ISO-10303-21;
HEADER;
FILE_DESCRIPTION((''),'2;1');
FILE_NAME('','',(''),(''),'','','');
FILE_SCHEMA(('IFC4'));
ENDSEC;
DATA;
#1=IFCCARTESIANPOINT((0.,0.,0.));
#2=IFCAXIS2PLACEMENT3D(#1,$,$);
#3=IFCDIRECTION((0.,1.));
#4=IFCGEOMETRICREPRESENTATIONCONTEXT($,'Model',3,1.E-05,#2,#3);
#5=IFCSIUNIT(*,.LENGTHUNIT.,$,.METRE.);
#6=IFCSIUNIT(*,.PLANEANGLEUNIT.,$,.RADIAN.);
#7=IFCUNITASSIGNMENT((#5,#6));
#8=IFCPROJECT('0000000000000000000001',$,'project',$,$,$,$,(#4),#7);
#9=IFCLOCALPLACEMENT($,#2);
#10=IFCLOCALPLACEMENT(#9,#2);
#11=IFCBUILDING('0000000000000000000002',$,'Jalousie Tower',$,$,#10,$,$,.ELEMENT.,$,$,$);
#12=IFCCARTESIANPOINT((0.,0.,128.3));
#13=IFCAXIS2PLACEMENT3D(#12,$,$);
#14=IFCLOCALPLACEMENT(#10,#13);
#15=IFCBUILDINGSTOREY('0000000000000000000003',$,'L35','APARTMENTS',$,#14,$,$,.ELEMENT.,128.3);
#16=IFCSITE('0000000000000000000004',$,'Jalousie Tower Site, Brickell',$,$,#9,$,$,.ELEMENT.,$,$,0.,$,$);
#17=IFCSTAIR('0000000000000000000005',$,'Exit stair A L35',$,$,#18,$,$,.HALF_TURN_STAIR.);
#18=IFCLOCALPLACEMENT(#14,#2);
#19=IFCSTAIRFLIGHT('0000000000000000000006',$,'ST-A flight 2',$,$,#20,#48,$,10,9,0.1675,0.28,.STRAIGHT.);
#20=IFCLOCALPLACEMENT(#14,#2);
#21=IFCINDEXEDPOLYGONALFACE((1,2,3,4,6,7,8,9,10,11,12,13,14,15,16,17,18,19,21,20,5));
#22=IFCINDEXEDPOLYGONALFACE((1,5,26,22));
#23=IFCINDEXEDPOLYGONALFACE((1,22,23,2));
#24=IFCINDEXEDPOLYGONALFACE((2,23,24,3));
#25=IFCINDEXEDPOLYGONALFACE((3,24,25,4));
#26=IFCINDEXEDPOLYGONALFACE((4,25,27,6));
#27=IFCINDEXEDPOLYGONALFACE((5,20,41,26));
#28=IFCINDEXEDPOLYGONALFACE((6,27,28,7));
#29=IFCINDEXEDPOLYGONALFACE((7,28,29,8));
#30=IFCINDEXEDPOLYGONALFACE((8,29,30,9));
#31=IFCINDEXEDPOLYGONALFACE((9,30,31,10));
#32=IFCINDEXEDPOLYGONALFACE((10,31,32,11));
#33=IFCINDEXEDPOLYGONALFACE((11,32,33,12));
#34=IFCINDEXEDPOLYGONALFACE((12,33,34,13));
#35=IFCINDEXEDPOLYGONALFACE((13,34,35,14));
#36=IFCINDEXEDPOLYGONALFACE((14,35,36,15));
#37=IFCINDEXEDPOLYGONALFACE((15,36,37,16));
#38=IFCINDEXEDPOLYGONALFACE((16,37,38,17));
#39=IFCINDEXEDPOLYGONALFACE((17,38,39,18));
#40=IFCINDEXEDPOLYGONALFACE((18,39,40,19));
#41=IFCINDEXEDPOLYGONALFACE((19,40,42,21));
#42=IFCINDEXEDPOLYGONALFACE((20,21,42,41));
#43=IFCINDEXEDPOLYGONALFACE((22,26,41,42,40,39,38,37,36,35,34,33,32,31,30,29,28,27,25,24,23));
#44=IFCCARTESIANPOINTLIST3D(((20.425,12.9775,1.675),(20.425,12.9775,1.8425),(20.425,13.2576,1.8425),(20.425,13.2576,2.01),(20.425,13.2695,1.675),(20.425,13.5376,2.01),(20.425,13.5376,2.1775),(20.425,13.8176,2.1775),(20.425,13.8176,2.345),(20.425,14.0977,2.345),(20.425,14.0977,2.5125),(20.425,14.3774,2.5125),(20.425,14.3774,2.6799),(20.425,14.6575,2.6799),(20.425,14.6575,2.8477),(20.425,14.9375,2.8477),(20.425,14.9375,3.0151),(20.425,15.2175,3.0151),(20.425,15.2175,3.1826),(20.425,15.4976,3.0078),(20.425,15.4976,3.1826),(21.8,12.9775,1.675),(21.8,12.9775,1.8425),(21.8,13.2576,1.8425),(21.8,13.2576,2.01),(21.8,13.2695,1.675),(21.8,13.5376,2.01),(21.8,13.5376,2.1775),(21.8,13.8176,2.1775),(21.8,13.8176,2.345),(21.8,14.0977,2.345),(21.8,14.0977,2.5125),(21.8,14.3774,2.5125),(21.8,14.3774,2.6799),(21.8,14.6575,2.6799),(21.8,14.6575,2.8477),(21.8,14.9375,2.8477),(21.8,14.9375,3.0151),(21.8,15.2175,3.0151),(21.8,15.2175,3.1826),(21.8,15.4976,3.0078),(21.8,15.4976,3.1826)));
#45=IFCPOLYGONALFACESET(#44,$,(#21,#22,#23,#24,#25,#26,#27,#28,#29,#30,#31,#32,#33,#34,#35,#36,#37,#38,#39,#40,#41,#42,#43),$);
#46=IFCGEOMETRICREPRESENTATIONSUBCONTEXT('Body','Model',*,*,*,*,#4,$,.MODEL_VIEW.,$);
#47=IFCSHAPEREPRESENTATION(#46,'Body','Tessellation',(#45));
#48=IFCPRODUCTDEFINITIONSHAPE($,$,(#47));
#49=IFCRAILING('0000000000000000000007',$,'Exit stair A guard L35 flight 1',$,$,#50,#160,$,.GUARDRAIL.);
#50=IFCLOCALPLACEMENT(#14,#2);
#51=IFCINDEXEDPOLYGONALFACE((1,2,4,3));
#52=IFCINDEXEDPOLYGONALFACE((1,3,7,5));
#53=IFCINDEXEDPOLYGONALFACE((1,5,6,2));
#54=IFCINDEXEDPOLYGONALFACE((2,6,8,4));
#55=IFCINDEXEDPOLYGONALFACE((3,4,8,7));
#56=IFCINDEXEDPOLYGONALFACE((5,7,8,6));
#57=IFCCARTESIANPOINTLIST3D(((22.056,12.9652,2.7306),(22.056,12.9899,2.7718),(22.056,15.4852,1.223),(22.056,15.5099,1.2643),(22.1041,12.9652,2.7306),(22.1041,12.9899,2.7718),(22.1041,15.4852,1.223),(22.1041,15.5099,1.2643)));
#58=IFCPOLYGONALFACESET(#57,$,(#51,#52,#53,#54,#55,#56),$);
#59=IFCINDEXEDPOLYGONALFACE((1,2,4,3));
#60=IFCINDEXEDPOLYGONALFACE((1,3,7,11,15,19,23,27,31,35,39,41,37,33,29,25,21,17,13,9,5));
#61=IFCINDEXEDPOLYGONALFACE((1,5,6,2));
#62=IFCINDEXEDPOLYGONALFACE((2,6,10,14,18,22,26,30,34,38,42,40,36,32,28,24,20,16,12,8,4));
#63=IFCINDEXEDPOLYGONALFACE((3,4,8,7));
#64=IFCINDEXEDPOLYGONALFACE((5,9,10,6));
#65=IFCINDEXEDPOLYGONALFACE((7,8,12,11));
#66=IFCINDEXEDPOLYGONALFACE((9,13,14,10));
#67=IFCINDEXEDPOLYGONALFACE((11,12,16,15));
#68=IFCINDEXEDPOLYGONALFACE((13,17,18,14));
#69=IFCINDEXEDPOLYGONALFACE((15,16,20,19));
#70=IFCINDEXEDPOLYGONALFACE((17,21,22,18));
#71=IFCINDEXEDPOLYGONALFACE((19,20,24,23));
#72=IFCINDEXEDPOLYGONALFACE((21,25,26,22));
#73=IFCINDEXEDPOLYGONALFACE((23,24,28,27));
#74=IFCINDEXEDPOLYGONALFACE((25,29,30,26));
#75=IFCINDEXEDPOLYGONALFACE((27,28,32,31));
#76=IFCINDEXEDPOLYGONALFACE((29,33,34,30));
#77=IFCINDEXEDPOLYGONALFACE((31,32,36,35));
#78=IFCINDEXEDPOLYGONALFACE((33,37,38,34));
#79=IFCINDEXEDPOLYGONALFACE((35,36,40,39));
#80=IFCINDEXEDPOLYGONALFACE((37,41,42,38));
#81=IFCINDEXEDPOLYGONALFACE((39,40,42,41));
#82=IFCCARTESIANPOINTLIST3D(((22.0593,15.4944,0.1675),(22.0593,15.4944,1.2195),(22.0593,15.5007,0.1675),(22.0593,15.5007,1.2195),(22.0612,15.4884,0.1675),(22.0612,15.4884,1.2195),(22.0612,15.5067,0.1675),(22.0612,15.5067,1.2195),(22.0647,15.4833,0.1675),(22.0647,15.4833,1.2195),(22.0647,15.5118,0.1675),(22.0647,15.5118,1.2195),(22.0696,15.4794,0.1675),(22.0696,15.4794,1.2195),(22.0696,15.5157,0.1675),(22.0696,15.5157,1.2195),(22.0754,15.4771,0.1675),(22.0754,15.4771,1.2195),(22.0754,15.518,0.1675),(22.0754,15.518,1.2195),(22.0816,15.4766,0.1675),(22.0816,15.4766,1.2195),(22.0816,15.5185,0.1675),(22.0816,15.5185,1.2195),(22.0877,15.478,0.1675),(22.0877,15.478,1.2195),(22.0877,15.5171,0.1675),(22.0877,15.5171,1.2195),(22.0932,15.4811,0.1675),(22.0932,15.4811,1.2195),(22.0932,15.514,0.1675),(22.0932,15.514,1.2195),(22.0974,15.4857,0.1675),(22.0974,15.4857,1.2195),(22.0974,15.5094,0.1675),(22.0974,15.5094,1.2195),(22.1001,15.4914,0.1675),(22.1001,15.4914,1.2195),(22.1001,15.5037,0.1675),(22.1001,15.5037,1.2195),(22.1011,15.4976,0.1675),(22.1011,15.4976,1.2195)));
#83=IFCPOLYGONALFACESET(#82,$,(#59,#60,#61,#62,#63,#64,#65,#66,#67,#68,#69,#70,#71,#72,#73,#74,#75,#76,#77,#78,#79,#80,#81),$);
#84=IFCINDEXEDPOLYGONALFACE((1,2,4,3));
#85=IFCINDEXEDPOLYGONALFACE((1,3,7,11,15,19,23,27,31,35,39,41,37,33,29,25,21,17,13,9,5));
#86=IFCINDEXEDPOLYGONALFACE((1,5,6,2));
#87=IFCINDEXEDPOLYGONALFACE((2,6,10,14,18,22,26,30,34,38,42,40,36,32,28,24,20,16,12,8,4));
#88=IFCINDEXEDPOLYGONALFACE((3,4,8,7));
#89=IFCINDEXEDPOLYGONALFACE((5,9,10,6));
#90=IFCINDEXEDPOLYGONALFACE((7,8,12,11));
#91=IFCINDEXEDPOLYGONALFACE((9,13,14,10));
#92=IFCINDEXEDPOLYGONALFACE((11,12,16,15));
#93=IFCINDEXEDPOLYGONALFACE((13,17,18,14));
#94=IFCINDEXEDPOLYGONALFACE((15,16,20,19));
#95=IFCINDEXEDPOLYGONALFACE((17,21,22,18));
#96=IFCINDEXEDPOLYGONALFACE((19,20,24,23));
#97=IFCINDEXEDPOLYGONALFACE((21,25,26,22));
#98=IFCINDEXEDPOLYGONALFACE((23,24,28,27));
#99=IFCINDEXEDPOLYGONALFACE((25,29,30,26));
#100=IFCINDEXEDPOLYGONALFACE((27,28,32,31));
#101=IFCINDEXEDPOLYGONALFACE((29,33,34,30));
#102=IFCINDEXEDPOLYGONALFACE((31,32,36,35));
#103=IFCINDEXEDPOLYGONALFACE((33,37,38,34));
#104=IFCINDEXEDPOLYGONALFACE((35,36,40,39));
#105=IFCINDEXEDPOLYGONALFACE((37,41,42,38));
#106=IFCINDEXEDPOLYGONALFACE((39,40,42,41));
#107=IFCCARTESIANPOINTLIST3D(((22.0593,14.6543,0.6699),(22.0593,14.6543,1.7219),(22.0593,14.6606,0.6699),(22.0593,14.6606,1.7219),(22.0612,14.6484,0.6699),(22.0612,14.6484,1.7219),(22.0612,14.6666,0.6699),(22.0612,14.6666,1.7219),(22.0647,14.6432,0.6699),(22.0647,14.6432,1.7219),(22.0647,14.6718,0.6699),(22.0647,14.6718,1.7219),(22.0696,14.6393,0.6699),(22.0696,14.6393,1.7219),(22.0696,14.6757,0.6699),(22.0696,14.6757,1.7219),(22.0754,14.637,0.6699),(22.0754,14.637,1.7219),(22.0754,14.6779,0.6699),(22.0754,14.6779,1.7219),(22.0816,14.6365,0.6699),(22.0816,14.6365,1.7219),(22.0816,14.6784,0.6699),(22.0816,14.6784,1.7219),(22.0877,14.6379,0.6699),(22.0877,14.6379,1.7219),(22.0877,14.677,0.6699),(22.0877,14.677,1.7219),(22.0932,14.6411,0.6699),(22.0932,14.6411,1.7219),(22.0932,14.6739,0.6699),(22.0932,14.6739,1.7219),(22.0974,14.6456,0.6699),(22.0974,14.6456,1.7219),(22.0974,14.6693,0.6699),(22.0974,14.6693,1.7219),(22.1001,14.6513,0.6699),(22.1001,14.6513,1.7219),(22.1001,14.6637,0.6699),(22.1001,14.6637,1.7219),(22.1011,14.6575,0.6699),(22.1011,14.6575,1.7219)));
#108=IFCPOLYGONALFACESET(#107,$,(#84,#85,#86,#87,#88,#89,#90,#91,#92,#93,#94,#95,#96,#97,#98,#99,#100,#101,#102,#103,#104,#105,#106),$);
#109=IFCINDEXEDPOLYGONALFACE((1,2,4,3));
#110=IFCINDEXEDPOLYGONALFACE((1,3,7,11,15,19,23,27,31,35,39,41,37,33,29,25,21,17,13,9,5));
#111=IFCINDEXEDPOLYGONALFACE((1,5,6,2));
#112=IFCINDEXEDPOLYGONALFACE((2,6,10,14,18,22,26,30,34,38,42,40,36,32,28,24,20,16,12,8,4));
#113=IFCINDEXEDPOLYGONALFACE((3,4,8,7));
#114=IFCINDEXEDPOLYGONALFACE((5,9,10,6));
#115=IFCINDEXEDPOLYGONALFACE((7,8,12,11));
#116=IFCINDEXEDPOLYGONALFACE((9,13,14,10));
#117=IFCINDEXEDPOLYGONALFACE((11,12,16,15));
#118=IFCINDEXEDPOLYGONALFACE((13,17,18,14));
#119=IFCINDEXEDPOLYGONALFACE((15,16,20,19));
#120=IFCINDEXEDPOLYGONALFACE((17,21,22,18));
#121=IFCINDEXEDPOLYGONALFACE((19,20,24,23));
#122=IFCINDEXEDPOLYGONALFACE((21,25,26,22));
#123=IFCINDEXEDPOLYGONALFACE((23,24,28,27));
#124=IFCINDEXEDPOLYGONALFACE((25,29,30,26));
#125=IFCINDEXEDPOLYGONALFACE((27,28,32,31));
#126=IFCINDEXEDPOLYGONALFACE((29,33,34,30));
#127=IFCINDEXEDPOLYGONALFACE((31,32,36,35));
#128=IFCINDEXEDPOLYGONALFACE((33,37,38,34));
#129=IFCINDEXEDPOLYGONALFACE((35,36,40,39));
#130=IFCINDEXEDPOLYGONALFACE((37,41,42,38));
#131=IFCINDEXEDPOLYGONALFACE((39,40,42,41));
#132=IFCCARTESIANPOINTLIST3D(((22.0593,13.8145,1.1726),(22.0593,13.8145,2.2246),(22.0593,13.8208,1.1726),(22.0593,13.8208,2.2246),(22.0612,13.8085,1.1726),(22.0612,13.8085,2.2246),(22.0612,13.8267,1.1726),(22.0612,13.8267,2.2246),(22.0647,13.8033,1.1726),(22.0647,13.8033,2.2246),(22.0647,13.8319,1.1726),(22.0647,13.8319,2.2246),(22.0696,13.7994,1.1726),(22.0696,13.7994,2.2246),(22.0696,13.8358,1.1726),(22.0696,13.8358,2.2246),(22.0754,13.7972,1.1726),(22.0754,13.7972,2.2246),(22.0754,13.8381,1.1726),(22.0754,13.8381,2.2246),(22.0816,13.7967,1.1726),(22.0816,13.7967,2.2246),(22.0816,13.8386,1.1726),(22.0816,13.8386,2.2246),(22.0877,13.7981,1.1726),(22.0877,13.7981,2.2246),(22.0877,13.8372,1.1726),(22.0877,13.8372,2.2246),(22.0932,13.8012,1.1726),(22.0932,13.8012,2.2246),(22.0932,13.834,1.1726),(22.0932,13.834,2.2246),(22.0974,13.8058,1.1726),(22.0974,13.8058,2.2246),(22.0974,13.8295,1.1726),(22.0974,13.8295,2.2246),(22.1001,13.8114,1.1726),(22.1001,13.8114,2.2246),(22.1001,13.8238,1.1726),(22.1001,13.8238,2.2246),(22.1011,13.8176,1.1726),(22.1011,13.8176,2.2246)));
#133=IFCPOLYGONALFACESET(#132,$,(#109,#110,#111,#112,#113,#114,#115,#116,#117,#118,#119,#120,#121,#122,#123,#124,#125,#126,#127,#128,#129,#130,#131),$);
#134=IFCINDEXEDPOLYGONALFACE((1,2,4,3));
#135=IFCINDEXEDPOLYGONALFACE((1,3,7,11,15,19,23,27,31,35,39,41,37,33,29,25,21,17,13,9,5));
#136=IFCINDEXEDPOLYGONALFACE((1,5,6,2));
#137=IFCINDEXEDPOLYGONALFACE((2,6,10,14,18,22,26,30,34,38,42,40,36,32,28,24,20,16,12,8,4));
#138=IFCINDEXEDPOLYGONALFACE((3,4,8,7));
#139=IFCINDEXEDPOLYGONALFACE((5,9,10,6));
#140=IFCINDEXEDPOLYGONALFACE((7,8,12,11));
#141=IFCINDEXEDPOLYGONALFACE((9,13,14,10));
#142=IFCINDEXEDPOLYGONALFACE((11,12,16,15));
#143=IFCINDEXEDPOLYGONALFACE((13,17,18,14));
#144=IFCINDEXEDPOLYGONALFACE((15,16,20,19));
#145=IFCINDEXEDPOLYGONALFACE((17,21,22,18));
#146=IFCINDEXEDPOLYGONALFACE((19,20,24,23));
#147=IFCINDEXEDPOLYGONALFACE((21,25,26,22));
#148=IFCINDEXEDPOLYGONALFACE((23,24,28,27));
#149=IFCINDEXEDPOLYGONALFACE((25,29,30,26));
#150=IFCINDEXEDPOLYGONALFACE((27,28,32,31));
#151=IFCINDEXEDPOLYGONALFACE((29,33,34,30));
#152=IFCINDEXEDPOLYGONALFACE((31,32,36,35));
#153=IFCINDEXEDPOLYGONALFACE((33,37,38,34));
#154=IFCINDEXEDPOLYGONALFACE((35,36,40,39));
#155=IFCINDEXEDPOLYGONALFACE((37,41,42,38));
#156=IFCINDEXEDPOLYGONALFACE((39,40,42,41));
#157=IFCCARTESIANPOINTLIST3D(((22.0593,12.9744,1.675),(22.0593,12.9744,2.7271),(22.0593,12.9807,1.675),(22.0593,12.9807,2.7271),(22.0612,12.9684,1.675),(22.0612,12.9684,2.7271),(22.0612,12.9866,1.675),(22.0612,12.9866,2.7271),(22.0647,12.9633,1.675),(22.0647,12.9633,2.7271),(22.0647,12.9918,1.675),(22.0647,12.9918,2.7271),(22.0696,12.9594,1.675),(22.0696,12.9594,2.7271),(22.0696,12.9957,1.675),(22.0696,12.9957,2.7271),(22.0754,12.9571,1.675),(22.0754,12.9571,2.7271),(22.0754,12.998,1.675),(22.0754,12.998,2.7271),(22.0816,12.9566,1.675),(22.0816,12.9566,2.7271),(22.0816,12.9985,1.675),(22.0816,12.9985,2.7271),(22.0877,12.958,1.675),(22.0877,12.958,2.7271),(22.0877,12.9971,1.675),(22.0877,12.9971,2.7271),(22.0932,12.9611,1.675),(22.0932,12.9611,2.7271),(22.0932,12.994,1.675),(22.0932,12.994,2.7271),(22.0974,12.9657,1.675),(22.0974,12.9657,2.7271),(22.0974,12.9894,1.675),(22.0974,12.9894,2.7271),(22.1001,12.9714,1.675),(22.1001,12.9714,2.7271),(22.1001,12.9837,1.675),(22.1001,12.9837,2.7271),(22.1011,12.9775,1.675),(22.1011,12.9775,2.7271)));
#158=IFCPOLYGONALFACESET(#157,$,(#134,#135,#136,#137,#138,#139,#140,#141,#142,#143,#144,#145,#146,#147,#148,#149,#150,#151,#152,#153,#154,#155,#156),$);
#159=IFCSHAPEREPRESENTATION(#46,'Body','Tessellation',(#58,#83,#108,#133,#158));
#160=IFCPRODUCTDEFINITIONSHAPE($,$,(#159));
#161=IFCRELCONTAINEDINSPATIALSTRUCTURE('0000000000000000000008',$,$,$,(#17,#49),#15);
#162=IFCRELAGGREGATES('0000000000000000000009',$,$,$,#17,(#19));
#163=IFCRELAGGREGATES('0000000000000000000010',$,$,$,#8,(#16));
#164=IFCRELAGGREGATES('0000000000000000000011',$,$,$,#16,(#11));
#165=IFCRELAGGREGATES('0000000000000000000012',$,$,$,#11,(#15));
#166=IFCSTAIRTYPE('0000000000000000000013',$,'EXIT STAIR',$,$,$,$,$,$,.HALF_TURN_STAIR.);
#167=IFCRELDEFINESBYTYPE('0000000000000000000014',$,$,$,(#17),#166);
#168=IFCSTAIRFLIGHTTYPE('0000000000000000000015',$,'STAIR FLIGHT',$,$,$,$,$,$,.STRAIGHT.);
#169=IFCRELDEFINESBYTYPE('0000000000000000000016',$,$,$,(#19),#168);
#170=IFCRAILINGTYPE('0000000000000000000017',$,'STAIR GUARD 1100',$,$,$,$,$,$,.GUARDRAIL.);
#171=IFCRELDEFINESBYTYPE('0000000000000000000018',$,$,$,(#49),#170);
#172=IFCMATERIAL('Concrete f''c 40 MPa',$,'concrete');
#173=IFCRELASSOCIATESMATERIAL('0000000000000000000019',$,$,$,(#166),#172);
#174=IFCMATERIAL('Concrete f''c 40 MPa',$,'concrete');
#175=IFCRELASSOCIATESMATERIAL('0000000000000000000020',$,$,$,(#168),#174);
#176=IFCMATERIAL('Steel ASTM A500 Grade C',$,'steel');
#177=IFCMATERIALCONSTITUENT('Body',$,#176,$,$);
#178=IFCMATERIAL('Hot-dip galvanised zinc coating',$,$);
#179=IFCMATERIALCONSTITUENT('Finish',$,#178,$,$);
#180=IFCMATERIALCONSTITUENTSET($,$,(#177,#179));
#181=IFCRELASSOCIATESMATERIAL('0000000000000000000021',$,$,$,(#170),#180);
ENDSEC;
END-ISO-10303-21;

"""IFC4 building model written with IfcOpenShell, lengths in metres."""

from ifc_helpers import new_model, si_unit, direction, frame, origin, origin_2d, place, context, subcontext, project, spatial, polyline, rectangle, circle, outline, extrude, material, constituent, constituent_set, type_object, element, aggregate, save


model = new_model("IFC4")

# Units and contexts
model_context = context("Model", 3, precision=1e-05, world=origin(), true_north=direction((0.0, 1.0)))
body_context = subcontext(model_context, "Body", "Model", "MODEL_VIEW")
ifc_project = project(units=[si_unit("LENGTHUNIT", "METRE"), si_unit("PLANEANGLEUNIT", "RADIAN")], contexts=[model_context])

# Site, building, storey
site_placement = place(None, origin())
site = spatial("IfcSite", under=ifc_project, at=site_placement, Name="Jalousie Tower Site, Brickell", CompositionType="ELEMENT", RefElevation=0.0)
building_placement = place(site_placement, origin())
building = spatial("IfcBuilding", under=site, at=building_placement, Name="Jalousie Tower", CompositionType="ELEMENT")
storey_placement = place(building_placement, frame((0.0, 0.0, 128.3)))
storey = spatial("IfcBuildingStorey", under=building, at=storey_placement, Name="L35", Description="APARTMENTS", CompositionType="ELEMENT", Elevation=128.3)

# Stair, stair flight
ifc_material_1 = material(Name="Concrete f'c 40 MPa", Category="concrete")
stair_type = type_object("IfcStairType", Name="EXIT STAIR", PredefinedType="HALF_TURN_STAIR", material=ifc_material_1)
stair_placement = place(storey_placement, origin())
stair = element("IfcStair", 1, at=stair_placement, inside=storey, type_object=stair_type, Name="Exit stair A L35", PredefinedType="HALF_TURN_STAIR")
ifc_material_2 = material(Name="Concrete f'c 40 MPa", Category="concrete")
stair_flight_type = type_object("IfcStairFlightType", Name="STAIR FLIGHT", PredefinedType="STRAIGHT", material=ifc_material_2)
stair_flight_1_placement = place(storey_placement, frame((21.1125, 12.9775, 1.675), z_axis=(0.0, 0.0, 1.0), x_axis=(0.0, 1.0, 0.0)))
stair_flight_1 = element("IfcStairFlight", 2, at=stair_flight_1_placement, type_object=stair_flight_type, Name="ST-A flight 2", NumberOfRisers=10, NumberOfTreads=9, PredefinedType="STRAIGHT", RiserHeight=0.1675, TreadLength=0.28, context=body_context, shape_type="SweptSolid", body=[
    extrude(outline(polyline([(0.0, 0.0), (0.0, 0.1675), (0.28, 0.1675), (0.28, 0.335), (0.5601, 0.335), (0.5601, 0.5024), (0.8401, 0.5024), (0.8401, 0.6699), (1.1201, 0.6699), (1.1201, 0.8374), (1.3999, 0.8374), (1.3999, 1.0049), (1.6799, 1.0049), (1.6799, 1.1726), (1.96, 1.1726), (1.96, 1.3401), (2.24, 1.3401), (2.24, 1.5076), (2.52, 1.5076), (2.52, 1.675), (2.52, 1.3328), (0.292, 0.0), (0.0, 0.0)])), frame((0.0, 0.6875, 0.0), z_axis=(0.0, -1.0, 0.0), x_axis=(1.0, 0.0, 0.0)), (0.0, 0.0, 1.0), 1.375),
])
aggregate(stair, [stair_flight_1])

# Railing
ifc_material_3 = material(Name="Steel ASTM A500 Grade C", Category="steel")
ifc_constituent_1 = constituent(ifc_material_3, Name="Body")
ifc_material_4 = material(Name="Hot-dip galvanised zinc coating")
ifc_constituent_2 = constituent(ifc_material_4, Name="Finish")
ifc_constituent_set_1 = constituent_set(constituents=[ifc_constituent_1, ifc_constituent_2])
railing_type_1 = type_object("IfcRailingType", Name="STAIR GUARD 1100", PredefinedType="GUARDRAIL", material=ifc_constituent_set_1)
railing_1_placement = place(storey_placement, frame((22.0801, 15.4976, 0.1675)))
element("IfcRailing", 3, at=railing_1_placement, inside=storey, type_object=railing_type_1, Name="Exit stair A guard L35 flight 1", PredefinedType="GUARDRAIL", context=body_context, shape_type="SweptSolid", body=[
    extrude(rectangle(XDim=0.0481, YDim=0.0481, at=origin_2d()), frame((0.0, 0.0, 1.0762), z_axis=(0.0, -0.85816, 0.513383), x_axis=(1.0, 0.0, 0.0)), (0.0, 0.0, 1.0), 2.9365),
    extrude(circle(Radius=0.021, at=origin_2d()), origin(), (0.0, 0.0, 1.0), 1.052),
    extrude(circle(Radius=0.021, at=origin_2d()), frame((0.0, -0.8401, 0.5024)), (0.0, 0.0, 1.0), 1.052),
    extrude(circle(Radius=0.021, at=origin_2d()), frame((0.0, -1.6799, 1.0051)), (0.0, 0.0, 1.0), 1.052),
    extrude(circle(Radius=0.021, at=origin_2d()), frame((0.0, -2.52, 1.5076)), (0.0, 0.0, 1.0), 1.052),
])

save(model, "model.ifc")
